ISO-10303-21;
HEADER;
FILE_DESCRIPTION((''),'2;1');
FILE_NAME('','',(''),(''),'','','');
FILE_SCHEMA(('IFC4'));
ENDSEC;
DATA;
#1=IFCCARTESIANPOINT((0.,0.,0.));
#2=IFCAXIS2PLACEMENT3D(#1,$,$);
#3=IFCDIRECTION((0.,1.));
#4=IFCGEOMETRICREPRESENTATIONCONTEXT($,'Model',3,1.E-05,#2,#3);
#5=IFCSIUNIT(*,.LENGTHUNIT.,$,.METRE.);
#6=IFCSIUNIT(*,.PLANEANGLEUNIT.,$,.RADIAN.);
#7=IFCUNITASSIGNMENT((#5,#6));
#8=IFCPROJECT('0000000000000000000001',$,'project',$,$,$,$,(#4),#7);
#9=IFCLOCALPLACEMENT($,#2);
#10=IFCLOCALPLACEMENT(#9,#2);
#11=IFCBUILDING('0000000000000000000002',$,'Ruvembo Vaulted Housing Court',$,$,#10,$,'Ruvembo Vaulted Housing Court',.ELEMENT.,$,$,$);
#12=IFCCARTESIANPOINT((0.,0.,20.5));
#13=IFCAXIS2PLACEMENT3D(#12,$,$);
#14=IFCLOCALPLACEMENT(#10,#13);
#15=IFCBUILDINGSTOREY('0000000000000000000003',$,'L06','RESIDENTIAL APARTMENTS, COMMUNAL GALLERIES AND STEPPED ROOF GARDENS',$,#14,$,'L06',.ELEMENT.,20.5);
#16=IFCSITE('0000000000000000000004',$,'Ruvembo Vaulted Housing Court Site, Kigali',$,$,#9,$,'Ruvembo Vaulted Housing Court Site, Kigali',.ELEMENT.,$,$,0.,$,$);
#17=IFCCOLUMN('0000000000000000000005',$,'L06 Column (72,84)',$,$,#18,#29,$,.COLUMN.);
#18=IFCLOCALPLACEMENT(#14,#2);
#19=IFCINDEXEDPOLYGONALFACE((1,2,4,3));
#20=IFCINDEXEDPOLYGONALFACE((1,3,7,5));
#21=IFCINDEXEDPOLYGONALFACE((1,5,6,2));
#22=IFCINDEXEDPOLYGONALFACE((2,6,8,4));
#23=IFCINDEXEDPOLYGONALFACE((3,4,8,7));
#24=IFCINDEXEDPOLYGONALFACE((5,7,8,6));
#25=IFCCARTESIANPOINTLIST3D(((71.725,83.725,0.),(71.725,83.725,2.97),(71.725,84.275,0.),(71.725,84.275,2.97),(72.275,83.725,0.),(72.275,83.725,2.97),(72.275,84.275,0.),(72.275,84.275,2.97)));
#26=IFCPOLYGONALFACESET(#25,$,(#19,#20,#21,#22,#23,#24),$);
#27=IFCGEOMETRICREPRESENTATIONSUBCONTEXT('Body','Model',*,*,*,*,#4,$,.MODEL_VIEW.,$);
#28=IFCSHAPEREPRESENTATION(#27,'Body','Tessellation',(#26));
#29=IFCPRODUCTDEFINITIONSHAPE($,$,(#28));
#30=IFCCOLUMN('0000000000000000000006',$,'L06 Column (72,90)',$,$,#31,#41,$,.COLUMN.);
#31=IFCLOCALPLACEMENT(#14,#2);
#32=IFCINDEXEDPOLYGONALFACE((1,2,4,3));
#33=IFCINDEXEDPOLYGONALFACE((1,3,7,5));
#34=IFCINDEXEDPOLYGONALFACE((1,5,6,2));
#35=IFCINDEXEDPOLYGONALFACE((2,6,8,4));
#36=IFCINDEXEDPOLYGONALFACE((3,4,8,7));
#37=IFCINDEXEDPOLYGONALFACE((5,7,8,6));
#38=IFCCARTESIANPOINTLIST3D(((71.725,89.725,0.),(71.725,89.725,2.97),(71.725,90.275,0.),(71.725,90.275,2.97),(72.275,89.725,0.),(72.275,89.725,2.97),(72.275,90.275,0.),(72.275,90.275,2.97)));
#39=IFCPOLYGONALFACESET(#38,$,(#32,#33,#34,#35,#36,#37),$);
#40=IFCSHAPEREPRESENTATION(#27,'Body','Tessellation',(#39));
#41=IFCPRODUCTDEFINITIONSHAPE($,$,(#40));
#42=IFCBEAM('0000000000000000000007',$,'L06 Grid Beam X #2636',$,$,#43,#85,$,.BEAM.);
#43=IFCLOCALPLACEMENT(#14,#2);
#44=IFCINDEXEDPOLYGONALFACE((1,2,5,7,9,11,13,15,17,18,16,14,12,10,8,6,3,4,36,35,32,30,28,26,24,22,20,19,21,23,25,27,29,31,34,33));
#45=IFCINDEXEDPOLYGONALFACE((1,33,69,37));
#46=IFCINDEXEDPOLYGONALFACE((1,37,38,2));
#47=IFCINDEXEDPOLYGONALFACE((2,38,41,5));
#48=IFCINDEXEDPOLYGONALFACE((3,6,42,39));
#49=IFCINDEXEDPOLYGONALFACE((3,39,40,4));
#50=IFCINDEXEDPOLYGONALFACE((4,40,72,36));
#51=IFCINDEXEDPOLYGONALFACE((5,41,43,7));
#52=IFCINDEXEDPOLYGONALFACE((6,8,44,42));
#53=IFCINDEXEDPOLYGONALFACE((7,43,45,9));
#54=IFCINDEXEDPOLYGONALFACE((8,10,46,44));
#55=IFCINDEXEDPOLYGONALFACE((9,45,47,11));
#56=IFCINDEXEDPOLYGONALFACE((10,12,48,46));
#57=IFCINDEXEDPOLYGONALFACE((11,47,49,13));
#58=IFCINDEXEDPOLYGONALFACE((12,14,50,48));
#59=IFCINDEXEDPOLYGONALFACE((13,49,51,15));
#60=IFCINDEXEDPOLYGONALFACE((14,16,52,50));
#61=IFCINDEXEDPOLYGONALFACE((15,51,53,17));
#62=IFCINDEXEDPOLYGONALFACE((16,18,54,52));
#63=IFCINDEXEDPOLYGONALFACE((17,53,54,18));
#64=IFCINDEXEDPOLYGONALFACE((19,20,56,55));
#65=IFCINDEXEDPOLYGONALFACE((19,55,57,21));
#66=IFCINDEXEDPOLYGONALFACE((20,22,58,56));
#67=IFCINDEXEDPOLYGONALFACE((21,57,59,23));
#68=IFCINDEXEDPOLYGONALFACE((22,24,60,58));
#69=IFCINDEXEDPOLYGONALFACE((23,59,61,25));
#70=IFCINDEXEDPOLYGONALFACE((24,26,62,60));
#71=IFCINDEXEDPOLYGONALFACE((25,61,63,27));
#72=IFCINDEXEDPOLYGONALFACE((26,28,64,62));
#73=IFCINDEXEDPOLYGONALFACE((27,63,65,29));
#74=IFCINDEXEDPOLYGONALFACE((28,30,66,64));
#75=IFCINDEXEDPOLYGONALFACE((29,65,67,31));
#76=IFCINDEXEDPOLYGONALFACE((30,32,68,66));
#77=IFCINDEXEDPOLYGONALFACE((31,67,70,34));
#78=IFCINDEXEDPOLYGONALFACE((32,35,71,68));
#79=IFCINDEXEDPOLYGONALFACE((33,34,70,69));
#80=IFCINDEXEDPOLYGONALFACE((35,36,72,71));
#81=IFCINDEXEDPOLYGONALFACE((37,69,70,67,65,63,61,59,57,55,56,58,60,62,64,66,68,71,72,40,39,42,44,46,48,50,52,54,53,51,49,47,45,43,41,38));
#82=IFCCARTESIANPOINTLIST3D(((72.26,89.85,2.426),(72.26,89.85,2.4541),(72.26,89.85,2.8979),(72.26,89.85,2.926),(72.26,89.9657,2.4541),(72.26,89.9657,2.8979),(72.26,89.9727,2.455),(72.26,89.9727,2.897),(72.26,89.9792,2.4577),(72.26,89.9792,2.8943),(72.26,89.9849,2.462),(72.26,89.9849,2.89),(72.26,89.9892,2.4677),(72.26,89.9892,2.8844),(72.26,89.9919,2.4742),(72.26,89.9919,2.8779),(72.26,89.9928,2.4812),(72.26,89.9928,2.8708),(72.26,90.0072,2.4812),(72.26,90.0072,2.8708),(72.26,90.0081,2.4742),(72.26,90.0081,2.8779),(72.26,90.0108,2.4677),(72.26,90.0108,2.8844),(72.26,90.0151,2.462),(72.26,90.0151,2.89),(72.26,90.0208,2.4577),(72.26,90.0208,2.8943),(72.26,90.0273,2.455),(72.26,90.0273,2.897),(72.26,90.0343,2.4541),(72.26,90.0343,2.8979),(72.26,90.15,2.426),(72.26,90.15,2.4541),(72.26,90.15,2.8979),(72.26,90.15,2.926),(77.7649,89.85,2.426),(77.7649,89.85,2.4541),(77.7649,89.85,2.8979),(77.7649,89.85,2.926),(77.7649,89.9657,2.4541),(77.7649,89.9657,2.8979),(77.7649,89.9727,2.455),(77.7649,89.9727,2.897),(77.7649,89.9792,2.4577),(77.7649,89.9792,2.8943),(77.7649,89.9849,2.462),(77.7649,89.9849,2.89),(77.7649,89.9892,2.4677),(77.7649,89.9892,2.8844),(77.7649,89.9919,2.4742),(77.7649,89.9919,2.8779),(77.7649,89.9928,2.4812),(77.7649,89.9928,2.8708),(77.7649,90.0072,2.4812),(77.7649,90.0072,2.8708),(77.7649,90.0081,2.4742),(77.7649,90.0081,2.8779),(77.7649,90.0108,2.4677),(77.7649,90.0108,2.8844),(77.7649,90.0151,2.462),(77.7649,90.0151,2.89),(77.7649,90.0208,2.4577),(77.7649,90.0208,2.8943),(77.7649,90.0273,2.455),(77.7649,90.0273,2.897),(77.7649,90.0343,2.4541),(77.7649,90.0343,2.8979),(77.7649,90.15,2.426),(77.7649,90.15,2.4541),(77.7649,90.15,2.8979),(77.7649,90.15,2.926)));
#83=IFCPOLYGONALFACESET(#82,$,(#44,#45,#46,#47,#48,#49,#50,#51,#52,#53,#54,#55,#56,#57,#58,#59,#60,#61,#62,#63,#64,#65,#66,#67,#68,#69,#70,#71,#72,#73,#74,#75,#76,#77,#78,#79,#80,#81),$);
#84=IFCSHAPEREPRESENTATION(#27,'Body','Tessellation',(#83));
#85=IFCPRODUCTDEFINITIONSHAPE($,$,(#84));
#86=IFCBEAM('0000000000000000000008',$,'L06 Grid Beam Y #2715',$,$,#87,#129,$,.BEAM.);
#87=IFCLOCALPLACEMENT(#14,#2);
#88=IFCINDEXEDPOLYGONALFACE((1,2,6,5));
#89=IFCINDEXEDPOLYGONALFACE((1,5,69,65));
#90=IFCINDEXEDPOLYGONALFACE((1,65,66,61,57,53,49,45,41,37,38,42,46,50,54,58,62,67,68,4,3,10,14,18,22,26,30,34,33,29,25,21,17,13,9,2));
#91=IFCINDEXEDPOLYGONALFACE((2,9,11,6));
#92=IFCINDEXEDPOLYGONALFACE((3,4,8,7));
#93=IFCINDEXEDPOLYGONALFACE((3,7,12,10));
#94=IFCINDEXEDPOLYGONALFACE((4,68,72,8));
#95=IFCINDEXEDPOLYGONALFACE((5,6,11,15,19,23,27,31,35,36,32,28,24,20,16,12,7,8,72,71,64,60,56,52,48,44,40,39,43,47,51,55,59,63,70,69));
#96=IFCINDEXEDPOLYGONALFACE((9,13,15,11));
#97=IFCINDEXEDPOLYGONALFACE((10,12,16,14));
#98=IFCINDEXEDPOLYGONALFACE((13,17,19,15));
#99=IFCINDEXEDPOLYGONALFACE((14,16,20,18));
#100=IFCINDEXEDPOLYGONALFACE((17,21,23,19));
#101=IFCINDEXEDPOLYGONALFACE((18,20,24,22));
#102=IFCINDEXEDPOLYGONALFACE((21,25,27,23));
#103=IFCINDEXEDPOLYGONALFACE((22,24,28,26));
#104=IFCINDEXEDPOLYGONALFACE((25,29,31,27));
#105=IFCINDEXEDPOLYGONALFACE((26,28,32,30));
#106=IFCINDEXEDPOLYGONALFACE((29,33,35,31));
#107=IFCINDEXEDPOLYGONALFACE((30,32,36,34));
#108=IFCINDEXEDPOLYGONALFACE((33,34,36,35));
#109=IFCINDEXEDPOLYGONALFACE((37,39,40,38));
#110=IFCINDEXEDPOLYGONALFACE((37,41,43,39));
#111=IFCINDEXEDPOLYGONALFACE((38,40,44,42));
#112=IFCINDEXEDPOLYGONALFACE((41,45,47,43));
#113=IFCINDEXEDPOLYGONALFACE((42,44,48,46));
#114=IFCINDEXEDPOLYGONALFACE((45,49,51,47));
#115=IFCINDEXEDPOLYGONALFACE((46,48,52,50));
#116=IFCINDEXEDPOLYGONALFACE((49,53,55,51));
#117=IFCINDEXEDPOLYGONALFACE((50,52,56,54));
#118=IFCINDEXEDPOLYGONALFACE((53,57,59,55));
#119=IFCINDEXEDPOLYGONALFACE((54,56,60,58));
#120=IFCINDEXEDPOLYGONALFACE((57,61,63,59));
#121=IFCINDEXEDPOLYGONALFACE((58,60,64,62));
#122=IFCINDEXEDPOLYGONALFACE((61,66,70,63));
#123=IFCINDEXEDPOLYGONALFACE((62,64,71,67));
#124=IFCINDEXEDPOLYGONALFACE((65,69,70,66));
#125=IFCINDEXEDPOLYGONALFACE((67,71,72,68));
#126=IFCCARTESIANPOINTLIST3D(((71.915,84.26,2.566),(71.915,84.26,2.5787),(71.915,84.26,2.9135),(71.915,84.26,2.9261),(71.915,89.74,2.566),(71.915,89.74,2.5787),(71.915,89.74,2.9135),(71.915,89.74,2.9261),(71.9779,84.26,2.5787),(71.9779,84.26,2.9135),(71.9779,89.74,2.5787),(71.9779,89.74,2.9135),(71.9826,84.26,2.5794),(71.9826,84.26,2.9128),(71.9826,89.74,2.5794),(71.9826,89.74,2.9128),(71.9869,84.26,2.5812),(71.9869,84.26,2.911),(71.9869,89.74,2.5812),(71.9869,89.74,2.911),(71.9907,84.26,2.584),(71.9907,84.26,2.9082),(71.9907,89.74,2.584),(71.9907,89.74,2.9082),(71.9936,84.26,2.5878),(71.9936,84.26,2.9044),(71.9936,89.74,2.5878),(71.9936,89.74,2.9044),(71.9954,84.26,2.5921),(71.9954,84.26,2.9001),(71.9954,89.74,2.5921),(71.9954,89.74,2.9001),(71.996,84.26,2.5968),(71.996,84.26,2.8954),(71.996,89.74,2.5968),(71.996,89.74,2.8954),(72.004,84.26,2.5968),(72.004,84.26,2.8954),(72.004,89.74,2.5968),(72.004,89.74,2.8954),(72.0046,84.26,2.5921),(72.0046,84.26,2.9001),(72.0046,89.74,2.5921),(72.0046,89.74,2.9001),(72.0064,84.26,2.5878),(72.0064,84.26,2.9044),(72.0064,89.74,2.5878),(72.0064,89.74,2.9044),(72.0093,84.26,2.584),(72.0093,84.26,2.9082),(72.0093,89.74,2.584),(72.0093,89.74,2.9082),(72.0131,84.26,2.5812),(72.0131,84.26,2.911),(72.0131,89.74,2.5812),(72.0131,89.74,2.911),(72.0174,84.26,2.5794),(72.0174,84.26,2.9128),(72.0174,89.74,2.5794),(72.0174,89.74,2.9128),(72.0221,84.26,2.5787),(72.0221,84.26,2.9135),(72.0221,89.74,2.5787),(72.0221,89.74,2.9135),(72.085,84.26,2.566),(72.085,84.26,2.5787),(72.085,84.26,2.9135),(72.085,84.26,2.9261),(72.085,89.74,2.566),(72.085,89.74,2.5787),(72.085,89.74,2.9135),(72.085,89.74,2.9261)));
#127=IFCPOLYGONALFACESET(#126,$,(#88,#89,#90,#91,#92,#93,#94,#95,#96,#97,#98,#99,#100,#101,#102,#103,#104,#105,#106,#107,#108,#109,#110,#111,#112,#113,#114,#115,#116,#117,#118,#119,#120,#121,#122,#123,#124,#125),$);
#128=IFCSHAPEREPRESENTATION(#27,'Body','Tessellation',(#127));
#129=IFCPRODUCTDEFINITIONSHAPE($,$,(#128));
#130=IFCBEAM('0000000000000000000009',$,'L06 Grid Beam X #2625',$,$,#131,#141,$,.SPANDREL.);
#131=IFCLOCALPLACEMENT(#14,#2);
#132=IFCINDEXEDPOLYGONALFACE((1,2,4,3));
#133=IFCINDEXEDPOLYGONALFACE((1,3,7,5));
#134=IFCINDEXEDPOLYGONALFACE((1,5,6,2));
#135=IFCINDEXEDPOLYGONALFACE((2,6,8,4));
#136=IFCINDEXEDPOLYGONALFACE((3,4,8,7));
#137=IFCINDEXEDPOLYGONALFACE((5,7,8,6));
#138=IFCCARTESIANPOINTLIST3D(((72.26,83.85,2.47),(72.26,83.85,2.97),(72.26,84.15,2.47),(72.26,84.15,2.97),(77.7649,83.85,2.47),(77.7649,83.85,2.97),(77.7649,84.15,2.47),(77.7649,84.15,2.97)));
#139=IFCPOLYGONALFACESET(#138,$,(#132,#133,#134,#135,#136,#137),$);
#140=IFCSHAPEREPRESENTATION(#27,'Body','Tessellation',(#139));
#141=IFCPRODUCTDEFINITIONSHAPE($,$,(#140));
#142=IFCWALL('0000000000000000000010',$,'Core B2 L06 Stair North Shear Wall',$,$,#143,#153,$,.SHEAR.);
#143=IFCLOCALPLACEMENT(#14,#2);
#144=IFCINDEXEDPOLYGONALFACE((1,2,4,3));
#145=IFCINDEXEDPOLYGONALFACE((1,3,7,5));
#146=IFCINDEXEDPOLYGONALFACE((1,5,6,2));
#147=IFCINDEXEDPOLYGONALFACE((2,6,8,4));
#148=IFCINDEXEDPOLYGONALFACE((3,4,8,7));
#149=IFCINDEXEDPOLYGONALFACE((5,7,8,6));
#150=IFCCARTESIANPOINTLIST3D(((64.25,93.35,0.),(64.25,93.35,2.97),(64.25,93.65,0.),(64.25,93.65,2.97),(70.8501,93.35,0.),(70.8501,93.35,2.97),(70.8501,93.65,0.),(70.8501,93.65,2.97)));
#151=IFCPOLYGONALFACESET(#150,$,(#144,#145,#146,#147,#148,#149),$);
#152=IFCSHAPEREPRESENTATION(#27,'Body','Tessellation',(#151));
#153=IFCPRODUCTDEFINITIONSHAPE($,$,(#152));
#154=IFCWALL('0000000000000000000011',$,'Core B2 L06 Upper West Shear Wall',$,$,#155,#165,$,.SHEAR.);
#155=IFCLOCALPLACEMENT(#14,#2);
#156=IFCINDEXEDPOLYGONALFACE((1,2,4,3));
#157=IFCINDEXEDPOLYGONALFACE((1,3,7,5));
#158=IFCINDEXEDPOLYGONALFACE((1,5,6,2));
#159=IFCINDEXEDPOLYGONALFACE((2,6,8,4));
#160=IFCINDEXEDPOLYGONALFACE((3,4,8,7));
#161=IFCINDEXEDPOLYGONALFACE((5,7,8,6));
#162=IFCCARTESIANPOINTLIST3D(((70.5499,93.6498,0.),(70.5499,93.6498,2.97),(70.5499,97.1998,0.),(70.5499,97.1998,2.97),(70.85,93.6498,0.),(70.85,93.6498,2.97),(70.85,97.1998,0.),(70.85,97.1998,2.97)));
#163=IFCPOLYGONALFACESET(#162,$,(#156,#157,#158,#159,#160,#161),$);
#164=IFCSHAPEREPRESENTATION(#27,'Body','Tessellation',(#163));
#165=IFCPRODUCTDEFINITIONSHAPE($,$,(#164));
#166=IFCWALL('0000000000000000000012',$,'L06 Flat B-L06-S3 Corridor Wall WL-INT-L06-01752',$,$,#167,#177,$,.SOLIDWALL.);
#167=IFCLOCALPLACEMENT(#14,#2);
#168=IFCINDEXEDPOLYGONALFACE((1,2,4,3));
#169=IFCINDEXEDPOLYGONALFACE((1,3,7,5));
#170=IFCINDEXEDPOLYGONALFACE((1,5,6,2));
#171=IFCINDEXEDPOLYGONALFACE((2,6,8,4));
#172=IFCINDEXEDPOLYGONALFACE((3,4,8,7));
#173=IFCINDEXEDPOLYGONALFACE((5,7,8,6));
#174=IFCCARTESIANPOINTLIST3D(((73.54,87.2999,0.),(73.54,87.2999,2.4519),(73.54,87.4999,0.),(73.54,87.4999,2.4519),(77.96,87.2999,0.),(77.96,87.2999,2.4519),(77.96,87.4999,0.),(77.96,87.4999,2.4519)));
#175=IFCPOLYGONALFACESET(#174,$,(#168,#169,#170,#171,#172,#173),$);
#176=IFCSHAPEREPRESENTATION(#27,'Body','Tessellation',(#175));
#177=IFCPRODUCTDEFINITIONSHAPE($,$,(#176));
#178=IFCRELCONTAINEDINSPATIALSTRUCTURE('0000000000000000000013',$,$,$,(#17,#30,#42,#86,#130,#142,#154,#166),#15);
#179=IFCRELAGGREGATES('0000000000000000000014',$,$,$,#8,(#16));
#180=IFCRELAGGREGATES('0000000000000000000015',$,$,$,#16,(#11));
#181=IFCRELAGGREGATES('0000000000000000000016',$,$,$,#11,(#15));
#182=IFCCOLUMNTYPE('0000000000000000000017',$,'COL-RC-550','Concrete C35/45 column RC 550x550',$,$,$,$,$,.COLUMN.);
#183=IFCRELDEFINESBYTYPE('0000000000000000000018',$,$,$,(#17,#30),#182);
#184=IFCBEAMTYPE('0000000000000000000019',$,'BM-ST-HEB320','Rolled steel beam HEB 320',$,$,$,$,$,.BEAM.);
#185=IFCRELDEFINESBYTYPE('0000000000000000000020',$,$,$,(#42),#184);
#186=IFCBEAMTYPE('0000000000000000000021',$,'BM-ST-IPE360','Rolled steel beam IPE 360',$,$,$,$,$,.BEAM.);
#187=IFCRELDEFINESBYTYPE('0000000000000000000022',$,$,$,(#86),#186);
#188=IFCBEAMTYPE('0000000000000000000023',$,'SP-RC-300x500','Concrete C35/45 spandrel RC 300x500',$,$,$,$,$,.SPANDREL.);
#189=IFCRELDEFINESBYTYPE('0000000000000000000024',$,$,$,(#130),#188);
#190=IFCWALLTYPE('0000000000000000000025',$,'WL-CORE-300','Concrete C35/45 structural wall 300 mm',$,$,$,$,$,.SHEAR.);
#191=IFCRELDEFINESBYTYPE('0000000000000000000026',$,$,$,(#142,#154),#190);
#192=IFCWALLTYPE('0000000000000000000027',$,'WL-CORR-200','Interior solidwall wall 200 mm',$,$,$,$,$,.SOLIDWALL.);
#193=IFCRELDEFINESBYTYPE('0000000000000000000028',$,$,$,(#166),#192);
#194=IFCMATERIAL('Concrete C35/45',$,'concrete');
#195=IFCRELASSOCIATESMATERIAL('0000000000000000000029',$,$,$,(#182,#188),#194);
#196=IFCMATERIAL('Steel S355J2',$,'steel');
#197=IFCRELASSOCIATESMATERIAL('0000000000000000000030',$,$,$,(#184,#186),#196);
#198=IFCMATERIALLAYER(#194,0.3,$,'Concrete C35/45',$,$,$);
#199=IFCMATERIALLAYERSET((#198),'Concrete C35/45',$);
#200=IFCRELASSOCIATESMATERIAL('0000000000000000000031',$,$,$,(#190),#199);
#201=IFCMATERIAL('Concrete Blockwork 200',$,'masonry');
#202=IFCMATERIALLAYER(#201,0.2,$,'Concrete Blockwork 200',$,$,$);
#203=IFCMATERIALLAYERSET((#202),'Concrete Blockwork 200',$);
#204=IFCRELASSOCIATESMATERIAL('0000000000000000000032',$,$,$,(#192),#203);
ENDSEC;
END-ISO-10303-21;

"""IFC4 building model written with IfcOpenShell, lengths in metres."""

from ifc_helpers import new_model, si_unit, direction, frame, frame_2d, origin, origin_2d, place, context, subcontext, project, spatial, rectangle, i_section, extrude, material, layer, layer_set, material_profile, profile_set, type_object, element, save


model = new_model("IFC4")

# Units and contexts
model_context = context("Model", 3, precision=1e-05, world=origin(), true_north=direction((0.0, 1.0)))
body_context = subcontext(model_context, "Body", "Model", "MODEL_VIEW")
ifc_project = project(units=[si_unit("LENGTHUNIT", "METRE"), si_unit("PLANEANGLEUNIT", "RADIAN")], contexts=[model_context])

# Site, building, storey
site_placement = place(None, origin())
site = spatial("IfcSite", under=ifc_project, at=site_placement, Name="Ruvembo Vaulted Housing Court Site, Kigali", LongName="Ruvembo Vaulted Housing Court Site, Kigali", CompositionType="ELEMENT", RefElevation=0.0)
building_placement = place(site_placement, origin())
building = spatial("IfcBuilding", under=site, at=building_placement, Name="Ruvembo Vaulted Housing Court", LongName="Ruvembo Vaulted Housing Court", CompositionType="ELEMENT")
storey_placement = place(building_placement, frame((0.0, 0.0, 20.5)))
storey = spatial("IfcBuildingStorey", under=building, at=storey_placement, Name="L06", Description="RESIDENTIAL APARTMENTS, COMMUNAL GALLERIES AND STEPPED ROOF GARDENS", LongName="L06", CompositionType="ELEMENT", Elevation=20.5)

# Columns
ifc_material_1 = material(Name="Concrete C35/45", Category="concrete")
ifc_material_profile_1 = material_profile(ifc_material_1, rectangle(XDim=0.55, YDim=0.55, at=origin_2d()), Name="RC 550x550")
ifc_profile_set_1 = profile_set([ifc_material_profile_1], Name="Concrete C35/45")
column_type = type_object("IfcColumnType", Name="COL-RC-550", Description="Concrete C35/45 column RC 550x550", PredefinedType="COLUMN", material=ifc_profile_set_1)
for number, where, z_axis, x_axis, name in (
    (1, (72.0, 84.0, 0.0), (0.0, 0.0, 1.0), (1.0, 0.0, 0.0), "L06 Column (72,84)"),
    (2, (72.0, 90.0, 0.0), (0.0, 0.0, 1.0), (1.0, 0.0, 0.0), "L06 Column (72,90)"),
):
    element("IfcColumn", number, at=place(storey_placement, frame(where, z_axis=z_axis, x_axis=x_axis)), inside=storey, type_object=column_type, Name=name, PredefinedType="COLUMN", context=body_context, shape_type="SweptSolid", body=[
        extrude(rectangle(XDim=0.55, YDim=0.55, at=origin_2d()), origin(), (0.0, 0.0, 1.0), 2.97),
    ])

# Beams
ifc_material_2 = material(Name="Steel S355J2", Category="steel")
ifc_material_profile_2 = material_profile(ifc_material_2, i_section(OverallWidth=0.3, OverallDepth=0.5, WebThickness=0.0144, FlangeThickness=0.0281, FilletRadius=0.0271, at=origin_2d()), Name="HEB 320")
ifc_profile_set_2 = profile_set([ifc_material_profile_2], Name="Steel S355J2")
beam_type_1 = type_object("IfcBeamType", Name="BM-ST-HEB320", Description="Rolled steel beam HEB 320", PredefinedType="BEAM", material=ifc_profile_set_2)
beam_1_placement = place(storey_placement, frame((72.26, 90.0, 2.676), z_axis=(1.0, 0.0, 0.0), x_axis=(0.0, 1.0, 0.0)))
element("IfcBeam", 3, at=beam_1_placement, inside=storey, type_object=beam_type_1, Name="L06 Grid Beam X #2636", PredefinedType="BEAM", context=body_context, shape_type="SweptSolid", body=[
    extrude(i_section(OverallWidth=0.3, OverallDepth=0.5, WebThickness=0.0144, FlangeThickness=0.0281, FilletRadius=0.0271, at=origin_2d()), origin(), (0.0, 0.0, 1.0), 5.5049),
])
ifc_material_profile_3 = material_profile(ifc_material_2, i_section(OverallWidth=0.1699, OverallDepth=0.3601, WebThickness=0.0081, FlangeThickness=0.0127, FilletRadius=0.0181, at=origin_2d()), Name="IPE 360")
ifc_profile_set_3 = profile_set([ifc_material_profile_3], Name="Steel S355J2")
beam_type_2 = type_object("IfcBeamType", Name="BM-ST-IPE360", Description="Rolled steel beam IPE 360", PredefinedType="BEAM", material=ifc_profile_set_3)
beam_2_placement = place(storey_placement, frame((72.0, 84.26, 2.7461), z_axis=(0.0, 1.0, 0.0), x_axis=(-1.0, 0.0, 0.0)))
element("IfcBeam", 4, at=beam_2_placement, inside=storey, type_object=beam_type_2, Name="L06 Grid Beam Y #2715", PredefinedType="BEAM", context=body_context, shape_type="SweptSolid", body=[
    extrude(i_section(OverallWidth=0.1699, OverallDepth=0.3601, WebThickness=0.0081, FlangeThickness=0.0127, FilletRadius=0.0181, at=origin_2d()), origin(), (0.0, 0.0, 1.0), 5.48),
])
ifc_material_profile_4 = material_profile(ifc_material_1, rectangle(XDim=0.3, YDim=0.5, at=origin_2d()), Name="RC 300x500")
ifc_profile_set_4 = profile_set([ifc_material_profile_4], Name="Concrete C35/45")
beam_type_3 = type_object("IfcBeamType", Name="SP-RC-300x500", Description="Concrete C35/45 spandrel RC 300x500", PredefinedType="SPANDREL", material=ifc_profile_set_4)
beam_3_placement = place(storey_placement, frame((72.26, 84.0, 2.72), z_axis=(1.0, 0.0, 0.0), x_axis=(0.0, 1.0, 0.0)))
element("IfcBeam", 5, at=beam_3_placement, inside=storey, type_object=beam_type_3, Name="L06 Grid Beam X #2625", PredefinedType="SPANDREL", context=body_context, shape_type="SweptSolid", body=[
    extrude(rectangle(XDim=0.3, YDim=0.5, at=origin_2d()), origin(), (0.0, 0.0, 1.0), 5.5049),
])

# Wall
ifc_layer_1 = layer(ifc_material_1, 0.3, Name="Concrete C35/45")
ifc_layer_set_1 = layer_set([ifc_layer_1], Name="Concrete C35/45")
wall_type_1 = type_object("IfcWallType", Name="WL-CORE-300", Description="Concrete C35/45 structural wall 300 mm", PredefinedType="SHEAR", material=ifc_layer_set_1)
wall_1_placement = place(storey_placement, frame((70.8501, 93.5, 0.0), z_axis=(0.0, 0.0, 1.0), x_axis=(-1.0, 0.0, 0.0)))
element("IfcWall", 6, at=wall_1_placement, inside=storey, type_object=wall_type_1, Name="Core B2 L06 Stair North Shear Wall", PredefinedType="SHEAR", context=body_context, shape_type="SweptSolid", body=[
    extrude(rectangle(XDim=6.6001, YDim=0.3, at=frame_2d((3.3, 0.0))), origin(), (0.0, 0.0, 1.0), 2.97),
])

# Wall
wall_2_placement = place(storey_placement, frame((70.7, 93.6499, 0.0), z_axis=(0.0, 0.0, 1.0), x_axis=(0.0, 1.0, 0.0)))
element("IfcWall", 7, at=wall_2_placement, inside=storey, type_object=wall_type_1, Name="Core B2 L06 Upper West Shear Wall", PredefinedType="SHEAR", context=body_context, shape_type="SweptSolid", body=[
    extrude(rectangle(XDim=3.55, YDim=0.3, at=frame_2d((1.7749, 0.0))), origin(), (0.0, 0.0, 1.0), 2.97),
])

# Shared definitions
ifc_material_3 = material(Name="Concrete Blockwork 200", Category="masonry")
ifc_layer_2 = layer(ifc_material_3, 0.2, Name="Concrete Blockwork 200")
ifc_layer_set_2 = layer_set([ifc_layer_2], Name="Concrete Blockwork 200")
wall_type_2 = type_object("IfcWallType", Name="WL-CORR-200", Description="Interior solidwall wall 200 mm", PredefinedType="SOLIDWALL", material=ifc_layer_set_2)

# Wall
wall_3_placement = place(storey_placement, frame((73.54, 87.3999, 0.0), z_axis=(0.0, 0.0, 1.0), x_axis=(1.0, 0.0, 0.0)))
element("IfcWall", 8, at=wall_3_placement, inside=storey, type_object=wall_type_2, Name="L06 Flat B-L06-S3 Corridor Wall WL-INT-L06-01752", PredefinedType="SOLIDWALL", context=body_context, shape_type="SweptSolid", body=[
    extrude(rectangle(XDim=4.4199, YDim=0.2, at=frame_2d((2.21, 0.0))), origin(), (0.0, 0.0, 1.0), 2.4519),
])

save(model, "model.ifc")
